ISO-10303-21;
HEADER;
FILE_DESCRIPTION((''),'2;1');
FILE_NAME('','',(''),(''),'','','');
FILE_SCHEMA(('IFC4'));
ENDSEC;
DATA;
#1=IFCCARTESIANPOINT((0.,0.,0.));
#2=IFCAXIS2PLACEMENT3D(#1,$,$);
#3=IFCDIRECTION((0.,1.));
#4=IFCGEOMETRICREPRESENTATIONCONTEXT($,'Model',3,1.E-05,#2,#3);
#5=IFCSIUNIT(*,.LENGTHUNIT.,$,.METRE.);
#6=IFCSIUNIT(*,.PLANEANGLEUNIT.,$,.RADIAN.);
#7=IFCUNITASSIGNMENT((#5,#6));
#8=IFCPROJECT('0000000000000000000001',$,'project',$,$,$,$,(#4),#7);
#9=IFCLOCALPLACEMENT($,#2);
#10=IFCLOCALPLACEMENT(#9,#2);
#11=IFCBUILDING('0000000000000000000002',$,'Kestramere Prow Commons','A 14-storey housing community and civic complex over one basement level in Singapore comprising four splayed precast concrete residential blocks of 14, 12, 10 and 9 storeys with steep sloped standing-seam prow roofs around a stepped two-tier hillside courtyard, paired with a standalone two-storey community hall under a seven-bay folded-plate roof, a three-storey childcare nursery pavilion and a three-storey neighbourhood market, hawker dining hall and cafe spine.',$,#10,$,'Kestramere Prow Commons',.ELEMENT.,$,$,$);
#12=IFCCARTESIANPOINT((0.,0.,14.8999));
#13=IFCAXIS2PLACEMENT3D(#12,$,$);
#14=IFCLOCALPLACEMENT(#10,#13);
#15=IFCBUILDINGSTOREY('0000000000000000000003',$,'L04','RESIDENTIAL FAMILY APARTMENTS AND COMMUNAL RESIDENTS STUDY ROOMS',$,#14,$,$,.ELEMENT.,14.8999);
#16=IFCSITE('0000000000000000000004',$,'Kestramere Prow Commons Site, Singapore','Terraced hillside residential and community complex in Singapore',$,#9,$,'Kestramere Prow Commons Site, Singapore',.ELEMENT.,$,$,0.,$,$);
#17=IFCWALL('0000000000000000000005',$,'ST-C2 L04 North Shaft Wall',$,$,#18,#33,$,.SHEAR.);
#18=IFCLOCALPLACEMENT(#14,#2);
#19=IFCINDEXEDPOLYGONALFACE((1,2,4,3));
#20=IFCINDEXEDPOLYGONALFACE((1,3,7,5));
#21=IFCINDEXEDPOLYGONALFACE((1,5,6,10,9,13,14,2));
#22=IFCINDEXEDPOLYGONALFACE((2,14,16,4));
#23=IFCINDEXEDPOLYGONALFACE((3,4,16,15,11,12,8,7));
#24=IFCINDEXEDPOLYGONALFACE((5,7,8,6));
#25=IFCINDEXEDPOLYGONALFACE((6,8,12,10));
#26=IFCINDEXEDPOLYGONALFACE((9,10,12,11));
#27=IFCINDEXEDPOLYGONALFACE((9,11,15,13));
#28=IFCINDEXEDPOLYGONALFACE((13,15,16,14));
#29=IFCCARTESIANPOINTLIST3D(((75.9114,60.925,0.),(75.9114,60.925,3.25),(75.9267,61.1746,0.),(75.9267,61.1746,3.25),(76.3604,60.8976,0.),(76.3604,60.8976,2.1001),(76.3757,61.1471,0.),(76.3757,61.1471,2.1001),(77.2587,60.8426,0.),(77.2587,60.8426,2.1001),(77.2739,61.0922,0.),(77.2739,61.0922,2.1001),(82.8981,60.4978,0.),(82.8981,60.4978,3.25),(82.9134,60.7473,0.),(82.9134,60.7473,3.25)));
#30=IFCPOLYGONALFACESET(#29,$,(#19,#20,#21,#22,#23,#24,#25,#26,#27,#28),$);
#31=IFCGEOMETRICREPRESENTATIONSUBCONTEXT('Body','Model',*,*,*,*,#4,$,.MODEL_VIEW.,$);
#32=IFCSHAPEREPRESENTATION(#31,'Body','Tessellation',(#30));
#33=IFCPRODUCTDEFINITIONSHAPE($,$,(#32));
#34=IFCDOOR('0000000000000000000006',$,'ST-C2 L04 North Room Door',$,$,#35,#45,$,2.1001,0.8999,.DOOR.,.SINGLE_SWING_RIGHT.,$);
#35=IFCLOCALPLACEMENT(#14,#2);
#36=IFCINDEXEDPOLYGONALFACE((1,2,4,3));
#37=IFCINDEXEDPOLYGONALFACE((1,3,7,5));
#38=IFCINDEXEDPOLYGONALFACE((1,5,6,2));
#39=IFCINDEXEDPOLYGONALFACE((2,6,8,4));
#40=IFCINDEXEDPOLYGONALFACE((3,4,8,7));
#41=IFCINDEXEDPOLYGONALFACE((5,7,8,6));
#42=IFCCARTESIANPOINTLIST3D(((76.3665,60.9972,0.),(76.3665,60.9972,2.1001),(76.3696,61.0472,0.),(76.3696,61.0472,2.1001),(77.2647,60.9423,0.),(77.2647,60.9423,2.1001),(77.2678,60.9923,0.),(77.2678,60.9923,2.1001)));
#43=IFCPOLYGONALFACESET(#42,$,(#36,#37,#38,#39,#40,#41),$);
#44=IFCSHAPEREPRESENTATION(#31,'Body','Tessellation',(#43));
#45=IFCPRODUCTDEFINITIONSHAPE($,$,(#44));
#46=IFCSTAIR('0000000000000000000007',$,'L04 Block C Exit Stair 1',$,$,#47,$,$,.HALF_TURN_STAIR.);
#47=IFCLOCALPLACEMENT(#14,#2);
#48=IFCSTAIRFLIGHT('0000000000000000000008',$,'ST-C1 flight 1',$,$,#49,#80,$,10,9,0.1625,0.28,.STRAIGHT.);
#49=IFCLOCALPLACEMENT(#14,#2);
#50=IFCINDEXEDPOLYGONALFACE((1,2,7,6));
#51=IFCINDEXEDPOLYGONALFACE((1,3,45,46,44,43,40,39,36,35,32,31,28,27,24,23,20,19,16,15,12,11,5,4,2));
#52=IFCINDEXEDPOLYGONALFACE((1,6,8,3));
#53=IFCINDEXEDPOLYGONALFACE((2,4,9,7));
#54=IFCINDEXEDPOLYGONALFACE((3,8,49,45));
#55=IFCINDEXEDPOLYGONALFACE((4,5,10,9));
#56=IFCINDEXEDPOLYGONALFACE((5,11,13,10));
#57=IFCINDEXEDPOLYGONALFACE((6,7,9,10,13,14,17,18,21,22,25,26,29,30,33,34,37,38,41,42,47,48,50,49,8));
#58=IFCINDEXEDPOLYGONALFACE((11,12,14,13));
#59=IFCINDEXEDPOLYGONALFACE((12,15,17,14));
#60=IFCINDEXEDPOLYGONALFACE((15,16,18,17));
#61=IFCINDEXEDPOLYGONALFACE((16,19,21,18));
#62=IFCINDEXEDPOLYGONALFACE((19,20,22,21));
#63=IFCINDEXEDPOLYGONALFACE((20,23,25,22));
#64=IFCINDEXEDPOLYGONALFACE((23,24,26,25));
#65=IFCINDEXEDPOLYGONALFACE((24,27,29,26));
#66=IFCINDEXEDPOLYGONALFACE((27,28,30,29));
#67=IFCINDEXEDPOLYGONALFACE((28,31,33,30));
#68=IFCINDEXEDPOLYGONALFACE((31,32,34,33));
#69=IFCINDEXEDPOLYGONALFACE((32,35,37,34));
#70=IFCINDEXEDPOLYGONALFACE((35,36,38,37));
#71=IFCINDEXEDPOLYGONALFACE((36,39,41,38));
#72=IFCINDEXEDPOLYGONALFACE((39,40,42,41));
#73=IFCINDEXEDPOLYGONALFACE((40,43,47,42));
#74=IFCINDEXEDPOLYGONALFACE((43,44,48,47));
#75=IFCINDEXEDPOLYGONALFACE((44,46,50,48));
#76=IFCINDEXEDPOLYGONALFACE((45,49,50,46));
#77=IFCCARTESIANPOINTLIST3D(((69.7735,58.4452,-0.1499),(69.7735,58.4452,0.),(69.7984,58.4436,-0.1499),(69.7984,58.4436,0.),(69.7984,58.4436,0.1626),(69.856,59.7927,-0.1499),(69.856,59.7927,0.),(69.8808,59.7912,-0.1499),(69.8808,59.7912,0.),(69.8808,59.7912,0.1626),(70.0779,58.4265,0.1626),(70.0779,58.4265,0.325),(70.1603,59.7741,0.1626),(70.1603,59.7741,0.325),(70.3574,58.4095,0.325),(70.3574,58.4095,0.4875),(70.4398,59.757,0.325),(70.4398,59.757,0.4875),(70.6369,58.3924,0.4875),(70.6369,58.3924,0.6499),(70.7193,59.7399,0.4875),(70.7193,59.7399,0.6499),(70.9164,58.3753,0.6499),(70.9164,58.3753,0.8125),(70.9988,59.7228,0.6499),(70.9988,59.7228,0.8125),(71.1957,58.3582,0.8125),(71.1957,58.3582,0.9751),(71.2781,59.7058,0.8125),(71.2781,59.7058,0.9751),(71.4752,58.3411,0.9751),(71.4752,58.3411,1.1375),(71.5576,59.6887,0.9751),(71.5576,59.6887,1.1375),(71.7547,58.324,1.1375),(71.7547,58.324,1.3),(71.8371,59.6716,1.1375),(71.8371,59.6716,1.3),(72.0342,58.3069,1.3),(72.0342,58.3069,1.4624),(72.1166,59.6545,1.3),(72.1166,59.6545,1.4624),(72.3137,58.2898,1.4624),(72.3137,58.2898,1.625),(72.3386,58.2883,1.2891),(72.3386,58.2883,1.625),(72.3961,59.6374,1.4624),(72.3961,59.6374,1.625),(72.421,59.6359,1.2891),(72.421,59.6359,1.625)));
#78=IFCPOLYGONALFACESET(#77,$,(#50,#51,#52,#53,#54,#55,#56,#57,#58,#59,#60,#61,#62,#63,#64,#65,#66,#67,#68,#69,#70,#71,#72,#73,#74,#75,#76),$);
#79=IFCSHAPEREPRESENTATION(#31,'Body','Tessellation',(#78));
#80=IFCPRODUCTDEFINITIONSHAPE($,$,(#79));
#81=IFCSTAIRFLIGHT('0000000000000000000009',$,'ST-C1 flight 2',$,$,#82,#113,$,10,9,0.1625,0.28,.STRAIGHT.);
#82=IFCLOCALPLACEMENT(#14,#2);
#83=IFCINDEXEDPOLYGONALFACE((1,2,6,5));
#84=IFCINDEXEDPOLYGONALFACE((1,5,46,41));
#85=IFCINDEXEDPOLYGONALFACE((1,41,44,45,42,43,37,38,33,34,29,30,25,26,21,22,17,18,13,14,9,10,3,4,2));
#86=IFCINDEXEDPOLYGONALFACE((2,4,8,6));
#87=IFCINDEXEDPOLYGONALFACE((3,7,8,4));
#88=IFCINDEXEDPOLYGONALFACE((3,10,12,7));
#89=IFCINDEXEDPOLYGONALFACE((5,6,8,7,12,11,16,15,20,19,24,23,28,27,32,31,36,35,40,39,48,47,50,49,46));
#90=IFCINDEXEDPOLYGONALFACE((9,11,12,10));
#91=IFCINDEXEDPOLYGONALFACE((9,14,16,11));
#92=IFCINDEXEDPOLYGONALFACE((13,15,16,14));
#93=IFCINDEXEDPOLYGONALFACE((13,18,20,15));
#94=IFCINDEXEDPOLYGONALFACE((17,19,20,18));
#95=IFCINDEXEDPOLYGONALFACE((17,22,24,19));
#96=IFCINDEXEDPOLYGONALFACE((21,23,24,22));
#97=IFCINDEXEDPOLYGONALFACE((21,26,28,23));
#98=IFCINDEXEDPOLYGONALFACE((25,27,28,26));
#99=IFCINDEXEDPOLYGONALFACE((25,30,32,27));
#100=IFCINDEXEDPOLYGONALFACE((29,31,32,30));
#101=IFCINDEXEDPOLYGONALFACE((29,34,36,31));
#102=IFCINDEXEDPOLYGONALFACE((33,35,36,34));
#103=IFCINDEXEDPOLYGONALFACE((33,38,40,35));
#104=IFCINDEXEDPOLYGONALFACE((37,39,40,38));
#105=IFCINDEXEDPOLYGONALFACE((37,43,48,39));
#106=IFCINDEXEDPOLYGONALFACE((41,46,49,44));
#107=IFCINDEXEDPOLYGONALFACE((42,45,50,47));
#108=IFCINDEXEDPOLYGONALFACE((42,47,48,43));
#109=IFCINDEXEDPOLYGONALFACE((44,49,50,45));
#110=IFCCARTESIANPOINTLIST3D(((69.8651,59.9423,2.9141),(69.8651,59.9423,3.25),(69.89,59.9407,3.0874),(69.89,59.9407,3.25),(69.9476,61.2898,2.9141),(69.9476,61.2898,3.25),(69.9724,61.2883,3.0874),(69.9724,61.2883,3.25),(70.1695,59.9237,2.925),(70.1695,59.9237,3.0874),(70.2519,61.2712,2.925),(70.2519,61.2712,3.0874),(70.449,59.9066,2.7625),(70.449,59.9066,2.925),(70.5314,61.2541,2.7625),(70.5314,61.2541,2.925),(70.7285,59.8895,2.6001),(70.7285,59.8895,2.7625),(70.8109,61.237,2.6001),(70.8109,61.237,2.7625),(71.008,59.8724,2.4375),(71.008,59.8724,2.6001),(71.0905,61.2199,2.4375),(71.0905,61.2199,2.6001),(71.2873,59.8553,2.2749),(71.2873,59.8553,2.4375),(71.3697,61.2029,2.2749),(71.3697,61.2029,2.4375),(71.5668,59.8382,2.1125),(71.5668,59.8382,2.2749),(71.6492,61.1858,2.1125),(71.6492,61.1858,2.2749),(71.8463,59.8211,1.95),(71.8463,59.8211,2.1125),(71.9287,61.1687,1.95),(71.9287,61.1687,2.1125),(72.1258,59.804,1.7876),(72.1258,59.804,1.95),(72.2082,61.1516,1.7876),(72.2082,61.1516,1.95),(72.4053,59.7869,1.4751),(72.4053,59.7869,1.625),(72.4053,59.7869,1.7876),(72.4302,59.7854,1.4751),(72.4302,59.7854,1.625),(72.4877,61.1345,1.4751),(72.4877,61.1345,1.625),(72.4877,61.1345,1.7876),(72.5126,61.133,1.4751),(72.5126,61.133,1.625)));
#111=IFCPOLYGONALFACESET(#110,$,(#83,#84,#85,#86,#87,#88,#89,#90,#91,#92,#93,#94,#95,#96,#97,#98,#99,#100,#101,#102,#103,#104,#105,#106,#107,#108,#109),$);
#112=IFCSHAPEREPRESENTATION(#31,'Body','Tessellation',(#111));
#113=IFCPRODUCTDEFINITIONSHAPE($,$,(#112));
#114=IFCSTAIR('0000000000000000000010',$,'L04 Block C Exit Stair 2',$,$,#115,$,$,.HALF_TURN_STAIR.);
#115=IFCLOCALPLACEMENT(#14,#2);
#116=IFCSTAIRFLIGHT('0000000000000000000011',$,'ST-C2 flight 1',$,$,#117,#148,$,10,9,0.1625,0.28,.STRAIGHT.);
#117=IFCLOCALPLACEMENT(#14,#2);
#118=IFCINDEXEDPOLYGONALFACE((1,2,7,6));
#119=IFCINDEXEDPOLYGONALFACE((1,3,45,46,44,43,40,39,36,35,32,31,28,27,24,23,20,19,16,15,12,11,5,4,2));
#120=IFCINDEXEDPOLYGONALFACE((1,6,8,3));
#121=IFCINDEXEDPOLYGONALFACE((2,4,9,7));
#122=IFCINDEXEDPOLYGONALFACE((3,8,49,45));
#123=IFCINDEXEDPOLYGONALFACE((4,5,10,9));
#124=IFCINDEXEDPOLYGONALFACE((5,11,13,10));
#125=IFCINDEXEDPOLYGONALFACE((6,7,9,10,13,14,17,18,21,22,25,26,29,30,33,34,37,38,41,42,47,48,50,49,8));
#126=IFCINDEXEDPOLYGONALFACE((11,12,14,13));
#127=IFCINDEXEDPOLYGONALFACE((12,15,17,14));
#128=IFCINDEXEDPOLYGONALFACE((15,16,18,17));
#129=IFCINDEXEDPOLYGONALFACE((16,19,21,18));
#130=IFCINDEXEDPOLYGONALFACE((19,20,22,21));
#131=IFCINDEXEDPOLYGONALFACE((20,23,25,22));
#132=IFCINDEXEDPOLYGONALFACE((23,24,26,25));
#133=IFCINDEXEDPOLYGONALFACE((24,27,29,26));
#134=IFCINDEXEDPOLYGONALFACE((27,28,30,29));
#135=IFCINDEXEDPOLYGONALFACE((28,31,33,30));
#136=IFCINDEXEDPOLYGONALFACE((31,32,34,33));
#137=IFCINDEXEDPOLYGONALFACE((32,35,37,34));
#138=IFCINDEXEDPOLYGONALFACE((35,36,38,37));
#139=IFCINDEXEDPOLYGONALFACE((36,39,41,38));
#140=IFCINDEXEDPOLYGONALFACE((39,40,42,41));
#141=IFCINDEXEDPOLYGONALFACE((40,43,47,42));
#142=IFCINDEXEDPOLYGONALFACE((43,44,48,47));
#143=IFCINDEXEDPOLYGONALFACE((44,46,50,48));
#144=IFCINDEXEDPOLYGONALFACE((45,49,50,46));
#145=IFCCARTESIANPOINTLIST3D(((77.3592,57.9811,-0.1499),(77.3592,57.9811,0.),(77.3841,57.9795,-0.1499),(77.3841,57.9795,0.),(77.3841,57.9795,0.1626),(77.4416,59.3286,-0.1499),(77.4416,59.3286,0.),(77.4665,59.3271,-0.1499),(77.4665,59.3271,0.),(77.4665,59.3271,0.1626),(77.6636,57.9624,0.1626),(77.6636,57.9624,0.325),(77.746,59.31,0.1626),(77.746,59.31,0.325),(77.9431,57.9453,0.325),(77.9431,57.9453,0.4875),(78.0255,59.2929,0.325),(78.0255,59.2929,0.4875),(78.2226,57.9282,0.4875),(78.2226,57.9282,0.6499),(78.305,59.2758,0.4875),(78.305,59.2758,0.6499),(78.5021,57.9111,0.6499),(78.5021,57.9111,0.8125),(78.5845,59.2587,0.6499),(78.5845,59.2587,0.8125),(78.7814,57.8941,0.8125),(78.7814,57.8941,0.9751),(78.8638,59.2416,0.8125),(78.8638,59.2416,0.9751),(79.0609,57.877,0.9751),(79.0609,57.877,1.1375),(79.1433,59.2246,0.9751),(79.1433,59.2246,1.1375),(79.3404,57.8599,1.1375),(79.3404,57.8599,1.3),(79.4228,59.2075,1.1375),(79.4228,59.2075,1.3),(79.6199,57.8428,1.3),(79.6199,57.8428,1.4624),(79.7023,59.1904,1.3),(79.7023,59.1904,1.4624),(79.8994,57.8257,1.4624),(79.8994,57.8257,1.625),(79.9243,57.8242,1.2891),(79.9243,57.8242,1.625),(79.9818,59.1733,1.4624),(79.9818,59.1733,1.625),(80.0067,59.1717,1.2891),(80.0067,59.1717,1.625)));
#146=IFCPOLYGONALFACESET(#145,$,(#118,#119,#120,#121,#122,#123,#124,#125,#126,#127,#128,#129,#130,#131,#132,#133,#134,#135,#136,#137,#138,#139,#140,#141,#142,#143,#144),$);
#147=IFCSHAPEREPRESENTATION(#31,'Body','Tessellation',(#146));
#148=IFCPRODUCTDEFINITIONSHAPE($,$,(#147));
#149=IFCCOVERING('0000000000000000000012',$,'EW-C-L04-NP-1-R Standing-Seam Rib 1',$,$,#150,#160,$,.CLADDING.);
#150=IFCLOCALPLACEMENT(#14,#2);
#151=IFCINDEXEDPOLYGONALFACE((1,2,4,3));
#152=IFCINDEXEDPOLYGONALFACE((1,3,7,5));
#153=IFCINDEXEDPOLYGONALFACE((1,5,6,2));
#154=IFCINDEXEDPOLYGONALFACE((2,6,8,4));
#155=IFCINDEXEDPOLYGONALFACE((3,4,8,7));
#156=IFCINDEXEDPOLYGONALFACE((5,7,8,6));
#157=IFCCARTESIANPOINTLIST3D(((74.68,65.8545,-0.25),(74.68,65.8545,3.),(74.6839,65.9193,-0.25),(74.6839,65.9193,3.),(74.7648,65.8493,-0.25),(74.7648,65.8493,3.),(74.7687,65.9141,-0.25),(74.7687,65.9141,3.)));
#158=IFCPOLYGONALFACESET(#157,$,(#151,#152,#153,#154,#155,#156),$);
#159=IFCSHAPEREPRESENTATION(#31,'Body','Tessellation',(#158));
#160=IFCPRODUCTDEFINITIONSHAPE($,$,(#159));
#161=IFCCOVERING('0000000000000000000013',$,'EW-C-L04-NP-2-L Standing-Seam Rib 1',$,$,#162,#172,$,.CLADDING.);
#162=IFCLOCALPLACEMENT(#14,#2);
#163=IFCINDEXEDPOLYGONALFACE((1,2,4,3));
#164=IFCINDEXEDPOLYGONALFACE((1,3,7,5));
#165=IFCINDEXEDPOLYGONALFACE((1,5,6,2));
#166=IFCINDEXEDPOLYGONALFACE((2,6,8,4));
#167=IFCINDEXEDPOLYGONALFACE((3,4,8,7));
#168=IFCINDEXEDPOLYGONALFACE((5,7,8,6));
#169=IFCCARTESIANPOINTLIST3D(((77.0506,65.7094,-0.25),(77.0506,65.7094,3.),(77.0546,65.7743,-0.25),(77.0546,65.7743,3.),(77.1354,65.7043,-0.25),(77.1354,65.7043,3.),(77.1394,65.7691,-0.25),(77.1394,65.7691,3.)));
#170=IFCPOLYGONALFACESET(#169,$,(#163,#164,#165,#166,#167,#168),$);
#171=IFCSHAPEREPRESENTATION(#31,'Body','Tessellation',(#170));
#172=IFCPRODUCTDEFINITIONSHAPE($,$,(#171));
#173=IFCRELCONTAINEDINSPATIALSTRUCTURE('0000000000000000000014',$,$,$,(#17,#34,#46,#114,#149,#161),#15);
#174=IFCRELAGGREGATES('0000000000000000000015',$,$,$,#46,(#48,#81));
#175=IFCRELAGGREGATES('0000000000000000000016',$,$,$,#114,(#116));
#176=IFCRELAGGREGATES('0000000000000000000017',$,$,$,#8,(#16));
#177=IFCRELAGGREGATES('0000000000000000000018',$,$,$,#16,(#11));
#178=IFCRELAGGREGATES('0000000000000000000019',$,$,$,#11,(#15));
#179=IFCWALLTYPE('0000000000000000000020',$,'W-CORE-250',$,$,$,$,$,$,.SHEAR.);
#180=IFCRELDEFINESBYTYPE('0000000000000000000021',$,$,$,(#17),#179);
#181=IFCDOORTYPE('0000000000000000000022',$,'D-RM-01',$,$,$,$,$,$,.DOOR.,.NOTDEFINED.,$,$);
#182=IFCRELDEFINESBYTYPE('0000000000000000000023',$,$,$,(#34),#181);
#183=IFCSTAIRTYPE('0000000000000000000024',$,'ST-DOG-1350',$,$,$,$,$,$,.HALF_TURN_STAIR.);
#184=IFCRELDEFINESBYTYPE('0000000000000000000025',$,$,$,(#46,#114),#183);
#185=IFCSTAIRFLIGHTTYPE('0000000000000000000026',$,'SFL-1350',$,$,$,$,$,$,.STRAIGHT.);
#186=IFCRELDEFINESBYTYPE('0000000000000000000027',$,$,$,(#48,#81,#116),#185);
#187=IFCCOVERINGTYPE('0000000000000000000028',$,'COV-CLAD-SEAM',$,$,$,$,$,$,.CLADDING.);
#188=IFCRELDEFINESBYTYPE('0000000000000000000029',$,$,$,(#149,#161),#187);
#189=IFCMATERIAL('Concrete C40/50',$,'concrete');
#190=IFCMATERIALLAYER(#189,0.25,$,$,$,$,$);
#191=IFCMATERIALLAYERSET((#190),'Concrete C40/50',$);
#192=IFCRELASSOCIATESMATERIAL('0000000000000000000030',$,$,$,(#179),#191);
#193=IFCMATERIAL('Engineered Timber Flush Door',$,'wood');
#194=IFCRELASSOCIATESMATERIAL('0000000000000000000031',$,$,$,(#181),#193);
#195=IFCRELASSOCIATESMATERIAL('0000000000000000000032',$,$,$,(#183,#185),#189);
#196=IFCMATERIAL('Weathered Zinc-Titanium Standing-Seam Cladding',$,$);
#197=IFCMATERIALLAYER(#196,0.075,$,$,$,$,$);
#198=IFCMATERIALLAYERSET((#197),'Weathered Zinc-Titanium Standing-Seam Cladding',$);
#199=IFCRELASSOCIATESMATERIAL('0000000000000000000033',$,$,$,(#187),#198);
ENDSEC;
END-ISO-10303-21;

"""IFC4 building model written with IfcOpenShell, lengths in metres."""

from ifc_helpers import new_model, si_unit, direction, frame, frame_2d, origin, origin_2d, place, context, subcontext, project, spatial, polyline, rectangle, outline, extrude, material, layer, layer_set, type_object, element, fill, aggregate, save


model = new_model("IFC4")

# Units and contexts
model_context = context("Model", 3, precision=1e-05, world=origin(), true_north=direction((0.0, 1.0)))
body_context = subcontext(model_context, "Body", "Model", "MODEL_VIEW")
ifc_project = project(units=[si_unit("LENGTHUNIT", "METRE"), si_unit("PLANEANGLEUNIT", "RADIAN")], contexts=[model_context])

# Site, building, storey
site_placement = place(None, origin())
site = spatial("IfcSite", under=ifc_project, at=site_placement, Name="Kestramere Prow Commons Site, Singapore", Description="Terraced hillside residential and community complex in Singapore", LongName="Kestramere Prow Commons Site, Singapore", CompositionType="ELEMENT", RefElevation=0.0)
building_placement = place(site_placement, origin())
building = spatial("IfcBuilding", under=site, at=building_placement, Name="Kestramere Prow Commons", Description="A 14-storey housing community and civic complex over one basement level in Singapore comprising four splayed precast concrete residential blocks of 14, 12, 10 and 9 storeys with steep sloped standing-seam prow roofs around a stepped two-tier hillside courtyard, paired with a standalone two-storey community hall under a seven-bay folded-plate roof, a three-storey childcare nursery pavilion and a three-storey neighbourhood market, hawker dining hall and cafe spine.", LongName="Kestramere Prow Commons", CompositionType="ELEMENT")
storey_placement = place(building_placement, frame((0.0, 0.0, 14.8999)))
storey = spatial("IfcBuildingStorey", under=building, at=storey_placement, Name="L04", Description="RESIDENTIAL FAMILY APARTMENTS AND COMMUNAL RESIDENTS STUDY ROOMS", CompositionType="ELEMENT", Elevation=14.8999)

# Wall, opening, door
ifc_material_1 = material(Name="Concrete C40/50", Category="concrete")
ifc_layer_1 = layer(ifc_material_1, 0.25)
ifc_layer_set_1 = layer_set([ifc_layer_1], Name="Concrete C40/50")
wall_type_1 = type_object("IfcWallType", Name="W-CORE-250", PredefinedType="SHEAR", material=ifc_layer_set_1)
wall_1_placement = place(storey_placement, frame((75.9189, 61.0498, 0.0), z_axis=(0.0, 0.0, 1.0), x_axis=(0.998136, -0.061036, 0.0)))
wall_1 = element("IfcWall", 1, at=wall_1_placement, inside=storey, type_object=wall_type_1, Name="ST-C2 L04 North Shaft Wall", PredefinedType="SHEAR", context=body_context, shape_type="SweptSolid", body=[
    extrude(rectangle(XDim=6.9998, YDim=0.25, at=frame_2d((3.5, 0.0))), origin(), (0.0, 0.0, 1.0), 3.25),
])
opening_placement = place(wall_1_placement, frame((0.45, 0.0, 0.0)))
opening = element("IfcOpeningElement", 2, at=opening_placement, cuts=wall_1, PredefinedType="OPENING", context=body_context, shape_type="SweptSolid", body=[
    extrude(rectangle(XDim=0.8999, YDim=2.1001, at=frame_2d((0.45, 1.05))), frame((0.0, 0.1399, 0.0), z_axis=(0.0, -1.0, 0.0), x_axis=(1.0, 0.0, 0.0)), (0.0, 0.0, 1.0), 0.28),
])
ifc_material_2 = material(Name="Engineered Timber Flush Door", Category="wood")
door_type = type_object("IfcDoorType", Name="D-RM-01", OperationType="NOTDEFINED", PredefinedType="DOOR", material=ifc_material_2)
door_placement = place(opening_placement, origin())
door = element("IfcDoor", 3, at=door_placement, inside=storey, type_object=door_type, Name="ST-C2 L04 North Room Door", OperationType="SINGLE_SWING_RIGHT", OverallHeight=2.1001, OverallWidth=0.8999, PredefinedType="DOOR", context=body_context, shape_type="SweptSolid", body=[
    extrude(rectangle(XDim=0.8999, YDim=2.1001, at=frame_2d((0.45, 1.05))), frame((0.0, 0.0249, 0.0), z_axis=(0.0, -1.0, 0.0), x_axis=(1.0, 0.0, 0.0)), (0.0, 0.0, 1.0), 0.05),
])
fill(opening, door)

# Stair, stair flights
stair_type = type_object("IfcStairType", Name="ST-DOG-1350", PredefinedType="HALF_TURN_STAIR", material=ifc_material_1)
stair_1_placement = place(storey_placement, origin())
stair_1 = element("IfcStair", 4, at=stair_1_placement, inside=storey, type_object=stair_type, Name="L04 Block C Exit Stair 1", PredefinedType="HALF_TURN_STAIR")
stair_flight_type = type_object("IfcStairFlightType", Name="SFL-1350", PredefinedType="STRAIGHT", material=ifc_material_1)
stair_flight_1_placement = place(storey_placement, frame((69.8396, 59.1174, 0.0), z_axis=(0.0, 0.0, 1.0), x_axis=(0.998135, -0.061049, 0.0)))
stair_flight_1 = element("IfcStairFlight", 5, at=stair_flight_1_placement, type_object=stair_flight_type, Name="ST-C1 flight 1", NumberOfRisers=10, NumberOfTreads=9, PredefinedType="STRAIGHT", RiserHeight=0.1625, TreadLength=0.28, context=body_context, shape_type="SweptSolid", body=[
    extrude(outline(polyline([(-0.0249, 0.0), (0.0, 0.0), (0.0, 0.1626), (0.28, 0.1626), (0.28, 0.325), (0.5601, 0.325), (0.5601, 0.4875), (0.8401, 0.4875), (0.8401, 0.6499), (1.1201, 0.6499), (1.1201, 0.8125), (1.3999, 0.8125), (1.3999, 0.9751), (1.6799, 0.9751), (1.6799, 1.1375), (1.96, 1.1375), (1.96, 1.3), (2.24, 1.3), (2.24, 1.4624), (2.52, 1.4624), (2.52, 1.625), (2.5449, 1.625), (2.5449, 1.2891), (0.0, -0.1499), (-0.0249, -0.1499), (-0.0249, 0.0)])), frame((0.0, 0.675, 0.0), z_axis=(0.0, -1.0, 0.0), x_axis=(1.0, 0.0, 0.0)), (0.0, 0.0, 1.0), 1.3501),
])
stair_flight_2_placement = place(storey_placement, frame((72.4465, 60.4607, 1.625), z_axis=(0.0, 0.0, 1.0), x_axis=(-0.998135, 0.061049, 0.0)))
stair_flight_2 = element("IfcStairFlight", 6, at=stair_flight_2_placement, type_object=stair_flight_type, Name="ST-C1 flight 2", NumberOfRisers=10, NumberOfTreads=9, PredefinedType="STRAIGHT", RiserHeight=0.1625, TreadLength=0.28, context=body_context, shape_type="SweptSolid", body=[
    extrude(outline(polyline([(-0.0249, 0.0), (0.0, 0.0), (0.0, 0.1626), (0.28, 0.1626), (0.28, 0.325), (0.5601, 0.325), (0.5601, 0.4875), (0.8401, 0.4875), (0.8401, 0.6499), (1.1201, 0.6499), (1.1201, 0.8125), (1.3999, 0.8125), (1.3999, 0.9751), (1.6799, 0.9751), (1.6799, 1.1375), (1.96, 1.1375), (1.96, 1.3), (2.24, 1.3), (2.24, 1.4624), (2.52, 1.4624), (2.52, 1.625), (2.5449, 1.625), (2.5449, 1.2891), (0.0, -0.1499), (-0.0249, -0.1499), (-0.0249, 0.0)])), frame((0.0, 0.675, 0.0), z_axis=(0.0, -1.0, 0.0), x_axis=(1.0, 0.0, 0.0)), (0.0, 0.0, 1.0), 1.3501),
])
aggregate(stair_1, [stair_flight_1, stair_flight_2])

# Stair, stair flight
stair_2_placement = place(storey_placement, origin())
stair_2 = element("IfcStair", 7, at=stair_2_placement, inside=storey, type_object=stair_type, Name="L04 Block C Exit Stair 2", PredefinedType="HALF_TURN_STAIR")
stair_flight_3_placement = place(storey_placement, frame((77.4253, 58.6533, 0.0), z_axis=(0.0, 0.0, 1.0), x_axis=(0.998135, -0.061049, 0.0)))
stair_flight_3 = element("IfcStairFlight", 8, at=stair_flight_3_placement, type_object=stair_flight_type, Name="ST-C2 flight 1", NumberOfRisers=10, NumberOfTreads=9, PredefinedType="STRAIGHT", RiserHeight=0.1625, TreadLength=0.28, context=body_context, shape_type="SweptSolid", body=[
    extrude(outline(polyline([(-0.0249, 0.0), (0.0, 0.0), (0.0, 0.1626), (0.28, 0.1626), (0.28, 0.325), (0.5601, 0.325), (0.5601, 0.4875), (0.8401, 0.4875), (0.8401, 0.6499), (1.1201, 0.6499), (1.1201, 0.8125), (1.3999, 0.8125), (1.3999, 0.9751), (1.6799, 0.9751), (1.6799, 1.1375), (1.96, 1.1375), (1.96, 1.3), (2.24, 1.3), (2.24, 1.4624), (2.52, 1.4624), (2.52, 1.625), (2.5449, 1.625), (2.5449, 1.2891), (0.0, -0.1499), (-0.0249, -0.1499), (-0.0249, 0.0)])), frame((0.0, 0.675, 0.0), z_axis=(0.0, -1.0, 0.0), x_axis=(1.0, 0.0, 0.0)), (0.0, 0.0, 1.0), 1.3501),
])
aggregate(stair_2, [stair_flight_3])

# Coverings
ifc_material_3 = material(Name="Weathered Zinc-Titanium Standing-Seam Cladding")
ifc_layer_2 = layer(ifc_material_3, 0.075)
ifc_layer_set_2 = layer_set([ifc_layer_2], Name="Weathered Zinc-Titanium Standing-Seam Cladding")
covering_type = type_object("IfcCoveringType", Name="COV-CLAD-SEAM", PredefinedType="CLADDING", material=ifc_layer_set_2)
for number, where, z_axis, x_axis, name in (
    (9, (74.7244, 65.8843, -0.25), (0.0, 0.0, 1.0), (0.998135, -0.061049, 0.0), "EW-C-L04-NP-1-R Standing-Seam Rib 1"),
    (10, (77.095, 65.7393, -0.25), (0.0, 0.0, 1.0), (0.998135, -0.061049, 0.0), "EW-C-L04-NP-2-L Standing-Seam Rib 1"),
):
    element("IfcCovering", number, at=place(storey_placement, frame(where, z_axis=z_axis, x_axis=x_axis)), inside=storey, type_object=covering_type, Name=name, PredefinedType="CLADDING", context=body_context, shape_type="SweptSolid", body=[
        extrude(rectangle(XDim=0.085, YDim=0.0649, at=origin_2d()), origin(), (0.0, 0.0, 1.0), 3.25),
    ])

save(model, "model.ifc")
